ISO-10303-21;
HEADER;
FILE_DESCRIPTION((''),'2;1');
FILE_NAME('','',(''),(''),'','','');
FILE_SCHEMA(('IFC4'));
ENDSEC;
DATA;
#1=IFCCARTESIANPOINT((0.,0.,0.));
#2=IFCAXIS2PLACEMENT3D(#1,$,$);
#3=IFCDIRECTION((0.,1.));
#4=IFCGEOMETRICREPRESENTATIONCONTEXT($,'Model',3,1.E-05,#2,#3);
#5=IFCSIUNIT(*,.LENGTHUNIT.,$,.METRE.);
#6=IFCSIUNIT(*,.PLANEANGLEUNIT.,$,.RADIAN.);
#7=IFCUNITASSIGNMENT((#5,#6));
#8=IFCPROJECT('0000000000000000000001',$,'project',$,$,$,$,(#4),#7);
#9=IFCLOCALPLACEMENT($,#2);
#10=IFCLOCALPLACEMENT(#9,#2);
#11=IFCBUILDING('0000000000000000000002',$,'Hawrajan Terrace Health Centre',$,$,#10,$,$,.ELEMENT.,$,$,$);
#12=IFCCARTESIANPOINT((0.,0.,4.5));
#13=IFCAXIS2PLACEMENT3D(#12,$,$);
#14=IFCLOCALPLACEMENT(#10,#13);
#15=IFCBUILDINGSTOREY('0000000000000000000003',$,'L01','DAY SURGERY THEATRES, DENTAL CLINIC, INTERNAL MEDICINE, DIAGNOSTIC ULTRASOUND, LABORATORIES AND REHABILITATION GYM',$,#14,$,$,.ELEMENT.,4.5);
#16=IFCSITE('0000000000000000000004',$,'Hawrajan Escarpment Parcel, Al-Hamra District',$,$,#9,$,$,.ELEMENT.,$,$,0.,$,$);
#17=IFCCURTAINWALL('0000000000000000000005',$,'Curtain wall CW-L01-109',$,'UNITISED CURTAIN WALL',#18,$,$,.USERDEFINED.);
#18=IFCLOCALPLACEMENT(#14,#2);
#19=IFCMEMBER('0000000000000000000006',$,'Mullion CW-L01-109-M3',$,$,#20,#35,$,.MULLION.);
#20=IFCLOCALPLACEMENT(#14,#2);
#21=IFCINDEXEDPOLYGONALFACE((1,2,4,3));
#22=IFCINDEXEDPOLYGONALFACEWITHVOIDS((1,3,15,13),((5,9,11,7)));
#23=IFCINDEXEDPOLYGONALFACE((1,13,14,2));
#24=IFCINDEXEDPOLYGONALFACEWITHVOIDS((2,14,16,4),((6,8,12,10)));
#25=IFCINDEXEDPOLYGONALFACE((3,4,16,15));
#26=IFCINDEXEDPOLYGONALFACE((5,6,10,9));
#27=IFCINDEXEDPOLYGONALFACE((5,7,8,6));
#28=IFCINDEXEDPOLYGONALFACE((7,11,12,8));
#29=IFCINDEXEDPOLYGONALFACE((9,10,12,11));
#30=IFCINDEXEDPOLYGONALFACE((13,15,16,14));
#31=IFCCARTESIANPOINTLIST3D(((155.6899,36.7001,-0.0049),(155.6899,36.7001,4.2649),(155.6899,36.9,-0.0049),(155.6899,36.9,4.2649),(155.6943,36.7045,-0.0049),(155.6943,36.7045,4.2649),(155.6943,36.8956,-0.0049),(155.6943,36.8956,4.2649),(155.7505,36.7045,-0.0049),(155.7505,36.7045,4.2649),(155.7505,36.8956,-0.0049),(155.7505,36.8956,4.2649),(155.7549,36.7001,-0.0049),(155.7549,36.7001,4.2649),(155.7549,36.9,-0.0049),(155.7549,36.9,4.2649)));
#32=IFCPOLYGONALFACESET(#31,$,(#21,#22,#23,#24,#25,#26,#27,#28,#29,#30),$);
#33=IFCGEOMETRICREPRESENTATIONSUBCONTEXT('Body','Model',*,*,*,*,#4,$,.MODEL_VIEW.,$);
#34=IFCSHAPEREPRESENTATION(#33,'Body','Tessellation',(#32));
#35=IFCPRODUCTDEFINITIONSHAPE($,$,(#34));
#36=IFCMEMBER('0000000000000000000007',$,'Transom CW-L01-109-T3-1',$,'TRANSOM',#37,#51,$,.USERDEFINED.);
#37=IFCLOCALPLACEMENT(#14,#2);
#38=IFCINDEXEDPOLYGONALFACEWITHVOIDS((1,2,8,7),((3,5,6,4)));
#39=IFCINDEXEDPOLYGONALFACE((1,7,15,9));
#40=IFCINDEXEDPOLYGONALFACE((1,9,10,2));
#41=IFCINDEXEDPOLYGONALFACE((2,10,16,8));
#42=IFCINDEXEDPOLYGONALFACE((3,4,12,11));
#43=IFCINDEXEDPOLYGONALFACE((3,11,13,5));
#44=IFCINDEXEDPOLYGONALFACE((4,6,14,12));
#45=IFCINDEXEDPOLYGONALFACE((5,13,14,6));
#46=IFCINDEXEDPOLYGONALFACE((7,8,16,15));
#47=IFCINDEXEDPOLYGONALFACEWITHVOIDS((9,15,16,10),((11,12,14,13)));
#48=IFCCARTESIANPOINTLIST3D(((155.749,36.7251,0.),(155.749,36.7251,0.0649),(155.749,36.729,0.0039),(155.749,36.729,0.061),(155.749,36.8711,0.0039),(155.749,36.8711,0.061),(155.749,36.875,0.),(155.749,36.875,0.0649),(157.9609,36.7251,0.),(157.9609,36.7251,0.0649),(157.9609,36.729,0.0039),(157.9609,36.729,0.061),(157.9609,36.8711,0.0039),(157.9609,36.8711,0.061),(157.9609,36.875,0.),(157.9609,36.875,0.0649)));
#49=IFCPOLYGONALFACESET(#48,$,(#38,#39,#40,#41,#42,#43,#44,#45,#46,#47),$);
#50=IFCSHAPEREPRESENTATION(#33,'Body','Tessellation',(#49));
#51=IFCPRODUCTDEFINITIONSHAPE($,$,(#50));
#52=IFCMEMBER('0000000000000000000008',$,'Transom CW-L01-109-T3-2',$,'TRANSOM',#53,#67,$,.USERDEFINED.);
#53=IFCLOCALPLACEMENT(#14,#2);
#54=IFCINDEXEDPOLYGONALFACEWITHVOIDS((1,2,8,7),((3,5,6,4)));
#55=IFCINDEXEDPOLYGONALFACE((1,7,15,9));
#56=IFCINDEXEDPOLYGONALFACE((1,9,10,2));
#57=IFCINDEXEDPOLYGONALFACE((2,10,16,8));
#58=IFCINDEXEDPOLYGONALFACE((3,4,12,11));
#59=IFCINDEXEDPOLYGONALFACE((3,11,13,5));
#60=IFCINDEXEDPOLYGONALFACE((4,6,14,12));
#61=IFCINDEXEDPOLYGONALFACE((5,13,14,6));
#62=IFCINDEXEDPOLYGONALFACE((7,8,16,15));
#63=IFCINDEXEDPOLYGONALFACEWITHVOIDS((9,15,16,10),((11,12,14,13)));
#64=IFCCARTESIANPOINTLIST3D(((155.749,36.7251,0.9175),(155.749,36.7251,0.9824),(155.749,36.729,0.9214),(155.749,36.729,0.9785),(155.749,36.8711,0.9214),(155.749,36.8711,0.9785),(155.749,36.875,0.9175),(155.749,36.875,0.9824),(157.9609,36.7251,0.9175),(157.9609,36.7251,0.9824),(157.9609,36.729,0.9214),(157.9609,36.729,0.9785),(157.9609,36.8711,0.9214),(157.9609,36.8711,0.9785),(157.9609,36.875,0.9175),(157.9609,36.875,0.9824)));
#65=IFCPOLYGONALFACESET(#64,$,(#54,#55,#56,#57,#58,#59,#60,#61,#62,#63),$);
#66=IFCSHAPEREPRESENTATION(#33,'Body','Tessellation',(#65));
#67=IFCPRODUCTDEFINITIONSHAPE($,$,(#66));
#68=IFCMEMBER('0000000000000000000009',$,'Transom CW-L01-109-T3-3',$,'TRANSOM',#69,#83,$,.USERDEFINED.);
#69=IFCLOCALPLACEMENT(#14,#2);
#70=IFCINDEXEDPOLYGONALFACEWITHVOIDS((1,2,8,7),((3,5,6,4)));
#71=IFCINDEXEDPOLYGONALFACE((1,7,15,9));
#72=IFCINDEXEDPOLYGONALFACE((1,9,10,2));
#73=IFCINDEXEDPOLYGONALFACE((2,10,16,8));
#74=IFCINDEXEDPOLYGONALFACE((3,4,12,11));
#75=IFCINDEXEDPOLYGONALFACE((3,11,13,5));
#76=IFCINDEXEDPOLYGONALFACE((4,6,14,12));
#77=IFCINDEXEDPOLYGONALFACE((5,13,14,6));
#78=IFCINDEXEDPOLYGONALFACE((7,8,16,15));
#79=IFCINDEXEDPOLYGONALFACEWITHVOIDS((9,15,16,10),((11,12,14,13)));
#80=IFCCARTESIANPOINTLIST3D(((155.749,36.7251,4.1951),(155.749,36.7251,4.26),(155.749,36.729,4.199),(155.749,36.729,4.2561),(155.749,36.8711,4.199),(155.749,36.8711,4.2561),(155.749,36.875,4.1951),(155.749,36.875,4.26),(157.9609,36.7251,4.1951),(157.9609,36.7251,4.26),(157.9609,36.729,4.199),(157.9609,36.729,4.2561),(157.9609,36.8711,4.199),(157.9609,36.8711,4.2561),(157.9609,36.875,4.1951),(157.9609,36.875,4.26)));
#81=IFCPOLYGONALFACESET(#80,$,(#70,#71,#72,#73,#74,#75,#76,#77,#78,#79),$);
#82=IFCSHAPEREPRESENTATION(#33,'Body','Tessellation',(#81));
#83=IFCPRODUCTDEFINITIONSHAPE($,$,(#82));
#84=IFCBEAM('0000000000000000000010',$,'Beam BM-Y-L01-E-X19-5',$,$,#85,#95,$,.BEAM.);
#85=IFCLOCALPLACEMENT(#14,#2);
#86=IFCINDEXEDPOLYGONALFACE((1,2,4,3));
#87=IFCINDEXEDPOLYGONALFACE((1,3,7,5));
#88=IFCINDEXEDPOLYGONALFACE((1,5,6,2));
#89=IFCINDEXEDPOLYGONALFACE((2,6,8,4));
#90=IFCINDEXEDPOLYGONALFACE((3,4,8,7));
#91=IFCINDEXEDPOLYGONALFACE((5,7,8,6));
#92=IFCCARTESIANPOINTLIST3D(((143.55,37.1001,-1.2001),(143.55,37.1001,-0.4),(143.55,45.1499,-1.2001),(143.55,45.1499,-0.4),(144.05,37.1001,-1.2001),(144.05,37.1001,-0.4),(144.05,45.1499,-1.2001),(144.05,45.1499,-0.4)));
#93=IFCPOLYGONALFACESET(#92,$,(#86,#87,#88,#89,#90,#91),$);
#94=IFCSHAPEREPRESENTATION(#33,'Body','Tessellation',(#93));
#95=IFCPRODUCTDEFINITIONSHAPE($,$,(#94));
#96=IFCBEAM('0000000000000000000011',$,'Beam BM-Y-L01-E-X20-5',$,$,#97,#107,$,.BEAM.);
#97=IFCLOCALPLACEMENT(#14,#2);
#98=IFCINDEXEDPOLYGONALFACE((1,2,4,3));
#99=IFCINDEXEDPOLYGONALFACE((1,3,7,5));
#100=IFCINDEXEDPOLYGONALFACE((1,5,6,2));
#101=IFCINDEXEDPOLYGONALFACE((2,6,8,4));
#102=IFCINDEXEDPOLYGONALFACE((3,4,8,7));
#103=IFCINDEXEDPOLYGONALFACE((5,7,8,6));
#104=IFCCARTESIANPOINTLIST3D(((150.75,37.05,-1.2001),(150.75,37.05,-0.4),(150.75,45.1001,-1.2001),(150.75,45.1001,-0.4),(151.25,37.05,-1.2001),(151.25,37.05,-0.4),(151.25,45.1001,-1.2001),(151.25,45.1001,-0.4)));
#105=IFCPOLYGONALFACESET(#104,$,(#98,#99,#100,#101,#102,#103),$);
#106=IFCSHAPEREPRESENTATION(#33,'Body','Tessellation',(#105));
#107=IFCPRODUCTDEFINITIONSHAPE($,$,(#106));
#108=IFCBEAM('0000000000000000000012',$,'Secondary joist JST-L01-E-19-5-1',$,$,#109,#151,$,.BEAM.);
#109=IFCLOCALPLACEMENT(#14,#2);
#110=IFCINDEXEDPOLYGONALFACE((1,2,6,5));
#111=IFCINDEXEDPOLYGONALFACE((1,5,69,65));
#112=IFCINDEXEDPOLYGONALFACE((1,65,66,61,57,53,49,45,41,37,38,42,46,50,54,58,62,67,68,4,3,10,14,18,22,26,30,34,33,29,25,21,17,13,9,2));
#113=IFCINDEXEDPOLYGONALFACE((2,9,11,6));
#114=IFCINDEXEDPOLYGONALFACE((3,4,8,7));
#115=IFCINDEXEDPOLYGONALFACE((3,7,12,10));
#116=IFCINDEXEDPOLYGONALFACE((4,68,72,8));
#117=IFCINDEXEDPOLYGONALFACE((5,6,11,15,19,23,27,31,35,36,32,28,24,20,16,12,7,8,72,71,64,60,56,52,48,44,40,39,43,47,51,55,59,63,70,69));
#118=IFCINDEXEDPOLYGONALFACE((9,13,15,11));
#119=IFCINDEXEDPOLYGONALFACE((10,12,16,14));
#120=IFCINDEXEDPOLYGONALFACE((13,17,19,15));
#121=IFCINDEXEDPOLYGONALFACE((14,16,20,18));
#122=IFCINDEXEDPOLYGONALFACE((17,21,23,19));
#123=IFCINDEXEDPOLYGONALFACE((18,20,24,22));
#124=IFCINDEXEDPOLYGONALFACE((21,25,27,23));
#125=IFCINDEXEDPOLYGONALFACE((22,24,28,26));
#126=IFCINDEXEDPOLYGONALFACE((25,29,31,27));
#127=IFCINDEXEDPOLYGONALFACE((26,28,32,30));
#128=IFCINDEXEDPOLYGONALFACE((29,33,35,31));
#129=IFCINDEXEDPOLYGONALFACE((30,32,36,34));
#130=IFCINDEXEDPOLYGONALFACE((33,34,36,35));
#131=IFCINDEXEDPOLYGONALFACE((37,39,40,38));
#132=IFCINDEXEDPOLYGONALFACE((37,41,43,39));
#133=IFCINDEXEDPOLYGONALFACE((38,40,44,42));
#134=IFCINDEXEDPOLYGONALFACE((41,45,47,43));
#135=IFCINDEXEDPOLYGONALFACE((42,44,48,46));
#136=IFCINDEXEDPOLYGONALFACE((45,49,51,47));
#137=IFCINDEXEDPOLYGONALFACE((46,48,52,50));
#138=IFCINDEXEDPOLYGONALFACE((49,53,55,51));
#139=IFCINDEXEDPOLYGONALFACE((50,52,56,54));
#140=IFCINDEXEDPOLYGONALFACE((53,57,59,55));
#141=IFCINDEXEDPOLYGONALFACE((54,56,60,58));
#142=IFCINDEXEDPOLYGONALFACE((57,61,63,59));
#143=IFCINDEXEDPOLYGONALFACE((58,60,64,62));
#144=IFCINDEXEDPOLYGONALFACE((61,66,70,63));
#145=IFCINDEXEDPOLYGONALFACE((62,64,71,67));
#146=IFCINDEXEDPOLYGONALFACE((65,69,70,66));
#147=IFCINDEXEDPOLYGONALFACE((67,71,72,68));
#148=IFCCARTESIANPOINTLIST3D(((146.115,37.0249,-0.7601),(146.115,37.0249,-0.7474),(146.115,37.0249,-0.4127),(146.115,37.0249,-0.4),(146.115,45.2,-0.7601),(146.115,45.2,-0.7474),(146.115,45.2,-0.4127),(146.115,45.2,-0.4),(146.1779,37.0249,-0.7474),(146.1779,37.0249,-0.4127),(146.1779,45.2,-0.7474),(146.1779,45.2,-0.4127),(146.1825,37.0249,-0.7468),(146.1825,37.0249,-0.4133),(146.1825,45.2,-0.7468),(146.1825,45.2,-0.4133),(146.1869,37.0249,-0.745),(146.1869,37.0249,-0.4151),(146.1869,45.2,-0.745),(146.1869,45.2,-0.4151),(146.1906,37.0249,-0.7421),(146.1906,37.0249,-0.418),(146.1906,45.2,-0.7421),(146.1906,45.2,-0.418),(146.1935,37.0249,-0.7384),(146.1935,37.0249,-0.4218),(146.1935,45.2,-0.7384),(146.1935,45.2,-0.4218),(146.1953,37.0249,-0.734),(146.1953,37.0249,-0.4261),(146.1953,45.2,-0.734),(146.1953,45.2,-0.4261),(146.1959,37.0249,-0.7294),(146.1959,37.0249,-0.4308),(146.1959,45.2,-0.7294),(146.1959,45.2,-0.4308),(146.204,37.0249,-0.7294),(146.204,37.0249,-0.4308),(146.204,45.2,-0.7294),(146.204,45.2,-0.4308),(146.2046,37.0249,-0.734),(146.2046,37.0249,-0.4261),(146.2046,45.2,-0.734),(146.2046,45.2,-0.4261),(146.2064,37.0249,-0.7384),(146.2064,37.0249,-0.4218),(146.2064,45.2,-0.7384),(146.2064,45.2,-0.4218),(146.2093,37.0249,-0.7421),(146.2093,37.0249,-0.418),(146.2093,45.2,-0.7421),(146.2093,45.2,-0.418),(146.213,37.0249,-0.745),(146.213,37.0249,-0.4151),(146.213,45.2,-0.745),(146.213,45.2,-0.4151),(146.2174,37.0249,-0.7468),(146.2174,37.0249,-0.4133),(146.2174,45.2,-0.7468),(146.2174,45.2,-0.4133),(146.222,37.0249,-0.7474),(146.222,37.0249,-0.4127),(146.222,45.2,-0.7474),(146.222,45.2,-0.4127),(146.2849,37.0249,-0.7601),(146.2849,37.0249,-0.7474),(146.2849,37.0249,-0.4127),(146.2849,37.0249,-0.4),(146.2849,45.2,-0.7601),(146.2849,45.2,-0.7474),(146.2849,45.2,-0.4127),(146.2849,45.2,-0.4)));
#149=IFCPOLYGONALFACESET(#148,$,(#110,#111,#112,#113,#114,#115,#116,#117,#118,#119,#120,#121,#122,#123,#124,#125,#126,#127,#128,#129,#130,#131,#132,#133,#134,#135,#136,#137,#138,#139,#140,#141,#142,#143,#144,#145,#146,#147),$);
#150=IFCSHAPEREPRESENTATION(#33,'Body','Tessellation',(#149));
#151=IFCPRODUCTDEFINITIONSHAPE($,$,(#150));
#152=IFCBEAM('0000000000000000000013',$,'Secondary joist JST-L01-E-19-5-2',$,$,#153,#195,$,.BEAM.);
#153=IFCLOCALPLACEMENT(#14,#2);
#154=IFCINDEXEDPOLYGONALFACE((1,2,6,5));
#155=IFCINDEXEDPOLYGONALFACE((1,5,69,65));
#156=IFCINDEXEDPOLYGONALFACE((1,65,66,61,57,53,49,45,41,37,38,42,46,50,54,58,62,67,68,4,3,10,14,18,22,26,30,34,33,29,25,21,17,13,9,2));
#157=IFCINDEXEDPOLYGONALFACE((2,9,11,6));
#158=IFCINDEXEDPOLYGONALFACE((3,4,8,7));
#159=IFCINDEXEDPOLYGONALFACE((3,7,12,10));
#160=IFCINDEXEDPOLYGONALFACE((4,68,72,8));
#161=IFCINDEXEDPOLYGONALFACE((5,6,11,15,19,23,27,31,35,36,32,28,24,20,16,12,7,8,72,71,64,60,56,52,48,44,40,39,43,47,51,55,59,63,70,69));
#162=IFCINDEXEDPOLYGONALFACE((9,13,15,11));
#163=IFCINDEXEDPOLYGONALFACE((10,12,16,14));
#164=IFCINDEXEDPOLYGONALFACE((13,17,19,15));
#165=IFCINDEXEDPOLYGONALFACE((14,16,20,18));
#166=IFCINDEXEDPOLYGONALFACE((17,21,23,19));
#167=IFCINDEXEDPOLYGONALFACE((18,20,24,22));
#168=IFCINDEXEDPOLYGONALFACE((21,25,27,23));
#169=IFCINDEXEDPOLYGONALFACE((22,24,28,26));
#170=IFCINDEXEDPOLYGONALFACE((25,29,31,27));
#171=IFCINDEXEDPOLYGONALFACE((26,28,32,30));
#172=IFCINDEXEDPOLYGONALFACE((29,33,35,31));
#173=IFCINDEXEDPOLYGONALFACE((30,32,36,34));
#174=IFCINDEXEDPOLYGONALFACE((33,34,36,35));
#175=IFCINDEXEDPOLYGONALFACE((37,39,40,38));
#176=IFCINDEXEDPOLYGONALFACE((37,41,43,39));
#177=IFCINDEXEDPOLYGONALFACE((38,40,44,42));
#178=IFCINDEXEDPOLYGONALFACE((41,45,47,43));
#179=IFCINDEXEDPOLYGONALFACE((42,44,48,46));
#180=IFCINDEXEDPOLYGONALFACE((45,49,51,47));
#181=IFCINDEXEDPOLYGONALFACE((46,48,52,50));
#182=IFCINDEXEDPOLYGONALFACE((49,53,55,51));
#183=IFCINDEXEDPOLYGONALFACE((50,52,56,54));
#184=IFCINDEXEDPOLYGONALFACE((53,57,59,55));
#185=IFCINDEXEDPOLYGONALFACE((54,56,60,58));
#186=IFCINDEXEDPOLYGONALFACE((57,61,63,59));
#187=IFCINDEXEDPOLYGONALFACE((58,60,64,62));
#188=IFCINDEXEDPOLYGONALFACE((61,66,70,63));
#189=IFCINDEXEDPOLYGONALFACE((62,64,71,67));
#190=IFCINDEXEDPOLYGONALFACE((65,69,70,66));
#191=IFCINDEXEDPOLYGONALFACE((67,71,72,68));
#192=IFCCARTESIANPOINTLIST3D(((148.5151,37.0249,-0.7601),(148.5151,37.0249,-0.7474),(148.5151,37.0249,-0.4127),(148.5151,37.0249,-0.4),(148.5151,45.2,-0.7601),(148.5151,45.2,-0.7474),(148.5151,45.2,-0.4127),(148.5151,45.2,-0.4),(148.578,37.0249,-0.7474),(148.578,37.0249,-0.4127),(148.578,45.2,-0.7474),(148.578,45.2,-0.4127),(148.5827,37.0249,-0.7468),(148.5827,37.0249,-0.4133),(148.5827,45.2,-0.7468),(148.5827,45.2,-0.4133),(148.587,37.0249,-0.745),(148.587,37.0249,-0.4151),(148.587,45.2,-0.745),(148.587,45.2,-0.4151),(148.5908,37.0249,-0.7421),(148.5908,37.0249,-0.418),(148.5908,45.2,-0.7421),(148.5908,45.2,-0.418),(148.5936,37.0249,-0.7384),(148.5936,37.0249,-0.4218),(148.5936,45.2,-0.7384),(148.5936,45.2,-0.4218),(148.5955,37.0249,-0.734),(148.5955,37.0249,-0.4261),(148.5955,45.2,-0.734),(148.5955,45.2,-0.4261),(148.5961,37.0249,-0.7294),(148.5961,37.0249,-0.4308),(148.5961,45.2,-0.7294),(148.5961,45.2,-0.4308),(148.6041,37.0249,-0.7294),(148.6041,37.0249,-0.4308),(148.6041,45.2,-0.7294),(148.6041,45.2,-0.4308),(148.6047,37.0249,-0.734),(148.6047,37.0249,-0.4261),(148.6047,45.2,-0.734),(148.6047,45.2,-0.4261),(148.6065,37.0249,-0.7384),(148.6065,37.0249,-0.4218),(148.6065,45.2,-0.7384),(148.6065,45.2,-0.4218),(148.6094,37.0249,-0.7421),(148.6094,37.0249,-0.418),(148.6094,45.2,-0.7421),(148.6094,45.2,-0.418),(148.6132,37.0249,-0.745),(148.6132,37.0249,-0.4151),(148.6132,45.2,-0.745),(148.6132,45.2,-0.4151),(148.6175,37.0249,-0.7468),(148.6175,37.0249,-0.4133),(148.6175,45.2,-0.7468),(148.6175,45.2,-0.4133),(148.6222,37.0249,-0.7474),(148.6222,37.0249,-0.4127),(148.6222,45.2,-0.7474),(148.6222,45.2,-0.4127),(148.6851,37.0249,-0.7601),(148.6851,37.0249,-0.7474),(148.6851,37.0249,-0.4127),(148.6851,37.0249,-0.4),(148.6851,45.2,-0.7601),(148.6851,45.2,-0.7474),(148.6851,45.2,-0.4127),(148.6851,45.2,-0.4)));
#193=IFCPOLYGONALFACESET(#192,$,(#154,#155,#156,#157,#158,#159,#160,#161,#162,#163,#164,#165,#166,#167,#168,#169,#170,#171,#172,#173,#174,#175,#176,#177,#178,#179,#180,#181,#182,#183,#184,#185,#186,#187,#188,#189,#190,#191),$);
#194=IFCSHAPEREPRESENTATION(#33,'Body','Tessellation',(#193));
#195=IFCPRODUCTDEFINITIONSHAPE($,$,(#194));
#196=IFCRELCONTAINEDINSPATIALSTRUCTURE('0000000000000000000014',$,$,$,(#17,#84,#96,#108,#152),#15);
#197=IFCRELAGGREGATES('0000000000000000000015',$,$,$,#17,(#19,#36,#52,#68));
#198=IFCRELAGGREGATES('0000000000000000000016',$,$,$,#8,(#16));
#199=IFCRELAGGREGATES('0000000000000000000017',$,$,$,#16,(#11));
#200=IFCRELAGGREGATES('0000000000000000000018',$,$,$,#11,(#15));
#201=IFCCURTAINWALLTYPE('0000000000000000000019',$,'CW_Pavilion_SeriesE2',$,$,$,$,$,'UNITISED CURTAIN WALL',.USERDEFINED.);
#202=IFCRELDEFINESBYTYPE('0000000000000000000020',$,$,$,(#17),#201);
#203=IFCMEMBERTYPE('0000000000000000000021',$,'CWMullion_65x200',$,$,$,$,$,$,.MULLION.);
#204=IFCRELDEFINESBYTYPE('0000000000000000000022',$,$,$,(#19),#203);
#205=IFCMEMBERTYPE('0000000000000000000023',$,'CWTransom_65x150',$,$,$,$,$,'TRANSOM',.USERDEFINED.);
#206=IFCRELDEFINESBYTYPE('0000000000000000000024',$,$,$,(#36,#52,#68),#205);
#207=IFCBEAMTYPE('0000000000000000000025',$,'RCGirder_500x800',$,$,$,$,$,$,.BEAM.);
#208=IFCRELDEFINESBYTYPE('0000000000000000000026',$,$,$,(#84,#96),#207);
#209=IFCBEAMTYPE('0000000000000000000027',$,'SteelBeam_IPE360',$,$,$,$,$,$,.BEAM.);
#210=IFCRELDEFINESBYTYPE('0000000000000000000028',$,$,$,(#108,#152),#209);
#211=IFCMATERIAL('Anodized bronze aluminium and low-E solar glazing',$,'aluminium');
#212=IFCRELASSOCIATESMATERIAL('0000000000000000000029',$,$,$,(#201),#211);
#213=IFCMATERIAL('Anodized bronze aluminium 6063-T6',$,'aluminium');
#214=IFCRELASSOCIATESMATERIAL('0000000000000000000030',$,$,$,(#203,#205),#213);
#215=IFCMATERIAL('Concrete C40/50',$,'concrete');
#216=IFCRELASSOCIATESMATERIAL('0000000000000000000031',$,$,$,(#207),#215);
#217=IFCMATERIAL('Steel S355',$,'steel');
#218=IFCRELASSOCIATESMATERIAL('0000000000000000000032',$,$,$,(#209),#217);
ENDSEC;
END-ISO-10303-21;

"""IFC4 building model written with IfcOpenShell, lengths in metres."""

from ifc_helpers import new_model, si_unit, direction, frame, origin, origin_2d, place, context, subcontext, project, spatial, rectangle, hollow_rectangle, i_section, extrude, material, material_profile, profile_set, type_object, element, aggregate, save


model = new_model("IFC4")

# Units and contexts
model_context = context("Model", 3, precision=1e-05, world=origin(), true_north=direction((0.0, 1.0)))
body_context = subcontext(model_context, "Body", "Model", "MODEL_VIEW")
ifc_project = project(units=[si_unit("LENGTHUNIT", "METRE"), si_unit("PLANEANGLEUNIT", "RADIAN")], contexts=[model_context])

# Site, building, storey
site_placement = place(None, origin())
site = spatial("IfcSite", under=ifc_project, at=site_placement, Name="Hawrajan Escarpment Parcel, Al-Hamra District", CompositionType="ELEMENT", RefElevation=0.0)
building_placement = place(site_placement, origin())
building = spatial("IfcBuilding", under=site, at=building_placement, Name="Hawrajan Terrace Health Centre", CompositionType="ELEMENT")
storey_placement = place(building_placement, frame((0.0, 0.0, 4.5)))
storey = spatial("IfcBuildingStorey", under=building, at=storey_placement, Name="L01", Description="DAY SURGERY THEATRES, DENTAL CLINIC, INTERNAL MEDICINE, DIAGNOSTIC ULTRASOUND, LABORATORIES AND REHABILITATION GYM", CompositionType="ELEMENT", Elevation=4.5)

# Curtain wall, members
ifc_material_1 = material(Name="Anodized bronze aluminium and low-E solar glazing", Category="aluminium")
curtain_wall_type = type_object("IfcCurtainWallType", Name="CW_Pavilion_SeriesE2", ElementType="UNITISED CURTAIN WALL", PredefinedType="USERDEFINED", material=ifc_material_1)
curtain_wall_placement = place(storey_placement, origin())
curtain_wall = element("IfcCurtainWall", 1, at=curtain_wall_placement, inside=storey, type_object=curtain_wall_type, Name="Curtain wall CW-L01-109", ObjectType="UNITISED CURTAIN WALL", PredefinedType="USERDEFINED")
ifc_material_2 = material(Name="Anodized bronze aluminium 6063-T6", Category="aluminium")
ifc_material_profile_1 = material_profile(ifc_material_2, hollow_rectangle(XDim=0.0649, YDim=0.2, WallThickness=0.0044, at=origin_2d()), Name="CW MUL 65x200")
ifc_profile_set_1 = profile_set([ifc_material_profile_1], Name="Anodized bronze aluminium 6063-T6")
member_type_1 = type_object("IfcMemberType", Name="CWMullion_65x200", PredefinedType="MULLION", material=ifc_profile_set_1)
member_1_placement = place(storey_placement, frame((155.7224, 36.8, -0.0049), z_axis=(0.0, 0.0, 1.0), x_axis=(1.0, 0.0, 0.0)))
member_1 = element("IfcMember", 2, at=member_1_placement, type_object=member_type_1, Name="Mullion CW-L01-109-M3", PredefinedType="MULLION", context=body_context, shape_type="SweptSolid", body=[
    extrude(hollow_rectangle(XDim=0.0649, YDim=0.2, WallThickness=0.0044, at=origin_2d()), origin(), (0.0, 0.0, 1.0), 4.2698),
])
ifc_material_profile_2 = material_profile(ifc_material_2, hollow_rectangle(XDim=0.0649, YDim=0.1499, WallThickness=0.0039, at=origin_2d()), Name="CW TRN 65x150")
ifc_profile_set_2 = profile_set([ifc_material_profile_2], Name="Anodized bronze aluminium 6063-T6")
member_type_2 = type_object("IfcMemberType", Name="CWTransom_65x150", ElementType="TRANSOM", PredefinedType="USERDEFINED", material=ifc_profile_set_2)
member_2_placement = place(storey_placement, frame((155.749, 36.8, 0.0325), z_axis=(1.0, 0.0, 0.0), x_axis=(0.0, 0.0, 1.0)))
member_2 = element("IfcMember", 3, at=member_2_placement, type_object=member_type_2, Name="Transom CW-L01-109-T3-1", ObjectType="TRANSOM", PredefinedType="USERDEFINED", context=body_context, shape_type="SweptSolid", body=[
    extrude(hollow_rectangle(XDim=0.0649, YDim=0.1499, WallThickness=0.0039, at=origin_2d()), origin(), (0.0, 0.0, 1.0), 2.2119),
])
member_3_placement = place(storey_placement, frame((155.749, 36.8, 0.95), z_axis=(1.0, 0.0, 0.0), x_axis=(0.0, 0.0, 1.0)))
member_3 = element("IfcMember", 4, at=member_3_placement, type_object=member_type_2, Name="Transom CW-L01-109-T3-2", ObjectType="TRANSOM", PredefinedType="USERDEFINED", context=body_context, shape_type="SweptSolid", body=[
    extrude(hollow_rectangle(XDim=0.0649, YDim=0.1499, WallThickness=0.0039, at=origin_2d()), origin(), (0.0, 0.0, 1.0), 2.2119),
])
member_4_placement = place(storey_placement, frame((155.749, 36.8, 4.2275), z_axis=(1.0, 0.0, 0.0), x_axis=(0.0, 0.0, 1.0)))
member_4 = element("IfcMember", 5, at=member_4_placement, type_object=member_type_2, Name="Transom CW-L01-109-T3-3", ObjectType="TRANSOM", PredefinedType="USERDEFINED", context=body_context, shape_type="SweptSolid", body=[
    extrude(hollow_rectangle(XDim=0.0649, YDim=0.1499, WallThickness=0.0039, at=origin_2d()), origin(), (0.0, 0.0, 1.0), 2.2119),
])

# Beams
ifc_material_3 = material(Name="Concrete C40/50", Category="concrete")
ifc_material_profile_3 = material_profile(ifc_material_3, rectangle(XDim=0.5, YDim=0.8, at=origin_2d()), Name="RC BM 500x800")
ifc_profile_set_3 = profile_set([ifc_material_profile_3], Name="Concrete C40/50")
beam_type_1 = type_object("IfcBeamType", Name="RCGirder_500x800", PredefinedType="BEAM", material=ifc_profile_set_3)
beam_1_placement = place(storey_placement, frame((143.8, 37.1001, -0.8), z_axis=(0.0, 1.0, 0.0), x_axis=(-1.0, 0.0, 0.0)))
element("IfcBeam", 6, at=beam_1_placement, inside=storey, type_object=beam_type_1, Name="Beam BM-Y-L01-E-X19-5", PredefinedType="BEAM", context=body_context, shape_type="SweptSolid", body=[
    extrude(rectangle(XDim=0.5, YDim=0.8, at=origin_2d()), origin(), (0.0, 0.0, 1.0), 8.0498),
])
beam_2_placement = place(storey_placement, frame((151.0, 37.05, -0.8), z_axis=(0.0, 1.0, 0.0), x_axis=(-1.0, 0.0, 0.0)))
element("IfcBeam", 7, at=beam_2_placement, inside=storey, type_object=beam_type_1, Name="Beam BM-Y-L01-E-X20-5", PredefinedType="BEAM", context=body_context, shape_type="SweptSolid", body=[
    extrude(rectangle(XDim=0.5, YDim=0.8, at=origin_2d()), origin(), (0.0, 0.0, 1.0), 8.05),
])
ifc_material_4 = material(Name="Steel S355", Category="steel")
ifc_material_profile_4 = material_profile(ifc_material_4, i_section(OverallWidth=0.1699, OverallDepth=0.3601, WebThickness=0.0081, FlangeThickness=0.0127, FilletRadius=0.0181, at=origin_2d()), Name="IPE 360")
ifc_profile_set_4 = profile_set([ifc_material_profile_4], Name="Steel S355")
beam_type_2 = type_object("IfcBeamType", Name="SteelBeam_IPE360", PredefinedType="BEAM", material=ifc_profile_set_4)
for number, where, z_axis, x_axis, name in (
    (8, (146.2, 37.0249, -0.5801), (0.0, 1.0, 0.0), (-1.0, 0.0, 0.0), "Secondary joist JST-L01-E-19-5-1"),
    (9, (148.6001, 37.0249, -0.5801), (0.0, 1.0, 0.0), (-1.0, 0.0, 0.0), "Secondary joist JST-L01-E-19-5-2"),
):
    element("IfcBeam", number, at=place(storey_placement, frame(where, z_axis=z_axis, x_axis=x_axis)), inside=storey, type_object=beam_type_2, Name=name, PredefinedType="BEAM", context=body_context, shape_type="SweptSolid", body=[
        extrude(i_section(OverallWidth=0.1699, OverallDepth=0.3601, WebThickness=0.0081, FlangeThickness=0.0127, FilletRadius=0.0181, at=origin_2d()), origin(), (0.0, 0.0, 1.0), 8.175),
    ])

aggregate(curtain_wall, [member_1, member_2, member_3, member_4])

save(model, "model.ifc")
